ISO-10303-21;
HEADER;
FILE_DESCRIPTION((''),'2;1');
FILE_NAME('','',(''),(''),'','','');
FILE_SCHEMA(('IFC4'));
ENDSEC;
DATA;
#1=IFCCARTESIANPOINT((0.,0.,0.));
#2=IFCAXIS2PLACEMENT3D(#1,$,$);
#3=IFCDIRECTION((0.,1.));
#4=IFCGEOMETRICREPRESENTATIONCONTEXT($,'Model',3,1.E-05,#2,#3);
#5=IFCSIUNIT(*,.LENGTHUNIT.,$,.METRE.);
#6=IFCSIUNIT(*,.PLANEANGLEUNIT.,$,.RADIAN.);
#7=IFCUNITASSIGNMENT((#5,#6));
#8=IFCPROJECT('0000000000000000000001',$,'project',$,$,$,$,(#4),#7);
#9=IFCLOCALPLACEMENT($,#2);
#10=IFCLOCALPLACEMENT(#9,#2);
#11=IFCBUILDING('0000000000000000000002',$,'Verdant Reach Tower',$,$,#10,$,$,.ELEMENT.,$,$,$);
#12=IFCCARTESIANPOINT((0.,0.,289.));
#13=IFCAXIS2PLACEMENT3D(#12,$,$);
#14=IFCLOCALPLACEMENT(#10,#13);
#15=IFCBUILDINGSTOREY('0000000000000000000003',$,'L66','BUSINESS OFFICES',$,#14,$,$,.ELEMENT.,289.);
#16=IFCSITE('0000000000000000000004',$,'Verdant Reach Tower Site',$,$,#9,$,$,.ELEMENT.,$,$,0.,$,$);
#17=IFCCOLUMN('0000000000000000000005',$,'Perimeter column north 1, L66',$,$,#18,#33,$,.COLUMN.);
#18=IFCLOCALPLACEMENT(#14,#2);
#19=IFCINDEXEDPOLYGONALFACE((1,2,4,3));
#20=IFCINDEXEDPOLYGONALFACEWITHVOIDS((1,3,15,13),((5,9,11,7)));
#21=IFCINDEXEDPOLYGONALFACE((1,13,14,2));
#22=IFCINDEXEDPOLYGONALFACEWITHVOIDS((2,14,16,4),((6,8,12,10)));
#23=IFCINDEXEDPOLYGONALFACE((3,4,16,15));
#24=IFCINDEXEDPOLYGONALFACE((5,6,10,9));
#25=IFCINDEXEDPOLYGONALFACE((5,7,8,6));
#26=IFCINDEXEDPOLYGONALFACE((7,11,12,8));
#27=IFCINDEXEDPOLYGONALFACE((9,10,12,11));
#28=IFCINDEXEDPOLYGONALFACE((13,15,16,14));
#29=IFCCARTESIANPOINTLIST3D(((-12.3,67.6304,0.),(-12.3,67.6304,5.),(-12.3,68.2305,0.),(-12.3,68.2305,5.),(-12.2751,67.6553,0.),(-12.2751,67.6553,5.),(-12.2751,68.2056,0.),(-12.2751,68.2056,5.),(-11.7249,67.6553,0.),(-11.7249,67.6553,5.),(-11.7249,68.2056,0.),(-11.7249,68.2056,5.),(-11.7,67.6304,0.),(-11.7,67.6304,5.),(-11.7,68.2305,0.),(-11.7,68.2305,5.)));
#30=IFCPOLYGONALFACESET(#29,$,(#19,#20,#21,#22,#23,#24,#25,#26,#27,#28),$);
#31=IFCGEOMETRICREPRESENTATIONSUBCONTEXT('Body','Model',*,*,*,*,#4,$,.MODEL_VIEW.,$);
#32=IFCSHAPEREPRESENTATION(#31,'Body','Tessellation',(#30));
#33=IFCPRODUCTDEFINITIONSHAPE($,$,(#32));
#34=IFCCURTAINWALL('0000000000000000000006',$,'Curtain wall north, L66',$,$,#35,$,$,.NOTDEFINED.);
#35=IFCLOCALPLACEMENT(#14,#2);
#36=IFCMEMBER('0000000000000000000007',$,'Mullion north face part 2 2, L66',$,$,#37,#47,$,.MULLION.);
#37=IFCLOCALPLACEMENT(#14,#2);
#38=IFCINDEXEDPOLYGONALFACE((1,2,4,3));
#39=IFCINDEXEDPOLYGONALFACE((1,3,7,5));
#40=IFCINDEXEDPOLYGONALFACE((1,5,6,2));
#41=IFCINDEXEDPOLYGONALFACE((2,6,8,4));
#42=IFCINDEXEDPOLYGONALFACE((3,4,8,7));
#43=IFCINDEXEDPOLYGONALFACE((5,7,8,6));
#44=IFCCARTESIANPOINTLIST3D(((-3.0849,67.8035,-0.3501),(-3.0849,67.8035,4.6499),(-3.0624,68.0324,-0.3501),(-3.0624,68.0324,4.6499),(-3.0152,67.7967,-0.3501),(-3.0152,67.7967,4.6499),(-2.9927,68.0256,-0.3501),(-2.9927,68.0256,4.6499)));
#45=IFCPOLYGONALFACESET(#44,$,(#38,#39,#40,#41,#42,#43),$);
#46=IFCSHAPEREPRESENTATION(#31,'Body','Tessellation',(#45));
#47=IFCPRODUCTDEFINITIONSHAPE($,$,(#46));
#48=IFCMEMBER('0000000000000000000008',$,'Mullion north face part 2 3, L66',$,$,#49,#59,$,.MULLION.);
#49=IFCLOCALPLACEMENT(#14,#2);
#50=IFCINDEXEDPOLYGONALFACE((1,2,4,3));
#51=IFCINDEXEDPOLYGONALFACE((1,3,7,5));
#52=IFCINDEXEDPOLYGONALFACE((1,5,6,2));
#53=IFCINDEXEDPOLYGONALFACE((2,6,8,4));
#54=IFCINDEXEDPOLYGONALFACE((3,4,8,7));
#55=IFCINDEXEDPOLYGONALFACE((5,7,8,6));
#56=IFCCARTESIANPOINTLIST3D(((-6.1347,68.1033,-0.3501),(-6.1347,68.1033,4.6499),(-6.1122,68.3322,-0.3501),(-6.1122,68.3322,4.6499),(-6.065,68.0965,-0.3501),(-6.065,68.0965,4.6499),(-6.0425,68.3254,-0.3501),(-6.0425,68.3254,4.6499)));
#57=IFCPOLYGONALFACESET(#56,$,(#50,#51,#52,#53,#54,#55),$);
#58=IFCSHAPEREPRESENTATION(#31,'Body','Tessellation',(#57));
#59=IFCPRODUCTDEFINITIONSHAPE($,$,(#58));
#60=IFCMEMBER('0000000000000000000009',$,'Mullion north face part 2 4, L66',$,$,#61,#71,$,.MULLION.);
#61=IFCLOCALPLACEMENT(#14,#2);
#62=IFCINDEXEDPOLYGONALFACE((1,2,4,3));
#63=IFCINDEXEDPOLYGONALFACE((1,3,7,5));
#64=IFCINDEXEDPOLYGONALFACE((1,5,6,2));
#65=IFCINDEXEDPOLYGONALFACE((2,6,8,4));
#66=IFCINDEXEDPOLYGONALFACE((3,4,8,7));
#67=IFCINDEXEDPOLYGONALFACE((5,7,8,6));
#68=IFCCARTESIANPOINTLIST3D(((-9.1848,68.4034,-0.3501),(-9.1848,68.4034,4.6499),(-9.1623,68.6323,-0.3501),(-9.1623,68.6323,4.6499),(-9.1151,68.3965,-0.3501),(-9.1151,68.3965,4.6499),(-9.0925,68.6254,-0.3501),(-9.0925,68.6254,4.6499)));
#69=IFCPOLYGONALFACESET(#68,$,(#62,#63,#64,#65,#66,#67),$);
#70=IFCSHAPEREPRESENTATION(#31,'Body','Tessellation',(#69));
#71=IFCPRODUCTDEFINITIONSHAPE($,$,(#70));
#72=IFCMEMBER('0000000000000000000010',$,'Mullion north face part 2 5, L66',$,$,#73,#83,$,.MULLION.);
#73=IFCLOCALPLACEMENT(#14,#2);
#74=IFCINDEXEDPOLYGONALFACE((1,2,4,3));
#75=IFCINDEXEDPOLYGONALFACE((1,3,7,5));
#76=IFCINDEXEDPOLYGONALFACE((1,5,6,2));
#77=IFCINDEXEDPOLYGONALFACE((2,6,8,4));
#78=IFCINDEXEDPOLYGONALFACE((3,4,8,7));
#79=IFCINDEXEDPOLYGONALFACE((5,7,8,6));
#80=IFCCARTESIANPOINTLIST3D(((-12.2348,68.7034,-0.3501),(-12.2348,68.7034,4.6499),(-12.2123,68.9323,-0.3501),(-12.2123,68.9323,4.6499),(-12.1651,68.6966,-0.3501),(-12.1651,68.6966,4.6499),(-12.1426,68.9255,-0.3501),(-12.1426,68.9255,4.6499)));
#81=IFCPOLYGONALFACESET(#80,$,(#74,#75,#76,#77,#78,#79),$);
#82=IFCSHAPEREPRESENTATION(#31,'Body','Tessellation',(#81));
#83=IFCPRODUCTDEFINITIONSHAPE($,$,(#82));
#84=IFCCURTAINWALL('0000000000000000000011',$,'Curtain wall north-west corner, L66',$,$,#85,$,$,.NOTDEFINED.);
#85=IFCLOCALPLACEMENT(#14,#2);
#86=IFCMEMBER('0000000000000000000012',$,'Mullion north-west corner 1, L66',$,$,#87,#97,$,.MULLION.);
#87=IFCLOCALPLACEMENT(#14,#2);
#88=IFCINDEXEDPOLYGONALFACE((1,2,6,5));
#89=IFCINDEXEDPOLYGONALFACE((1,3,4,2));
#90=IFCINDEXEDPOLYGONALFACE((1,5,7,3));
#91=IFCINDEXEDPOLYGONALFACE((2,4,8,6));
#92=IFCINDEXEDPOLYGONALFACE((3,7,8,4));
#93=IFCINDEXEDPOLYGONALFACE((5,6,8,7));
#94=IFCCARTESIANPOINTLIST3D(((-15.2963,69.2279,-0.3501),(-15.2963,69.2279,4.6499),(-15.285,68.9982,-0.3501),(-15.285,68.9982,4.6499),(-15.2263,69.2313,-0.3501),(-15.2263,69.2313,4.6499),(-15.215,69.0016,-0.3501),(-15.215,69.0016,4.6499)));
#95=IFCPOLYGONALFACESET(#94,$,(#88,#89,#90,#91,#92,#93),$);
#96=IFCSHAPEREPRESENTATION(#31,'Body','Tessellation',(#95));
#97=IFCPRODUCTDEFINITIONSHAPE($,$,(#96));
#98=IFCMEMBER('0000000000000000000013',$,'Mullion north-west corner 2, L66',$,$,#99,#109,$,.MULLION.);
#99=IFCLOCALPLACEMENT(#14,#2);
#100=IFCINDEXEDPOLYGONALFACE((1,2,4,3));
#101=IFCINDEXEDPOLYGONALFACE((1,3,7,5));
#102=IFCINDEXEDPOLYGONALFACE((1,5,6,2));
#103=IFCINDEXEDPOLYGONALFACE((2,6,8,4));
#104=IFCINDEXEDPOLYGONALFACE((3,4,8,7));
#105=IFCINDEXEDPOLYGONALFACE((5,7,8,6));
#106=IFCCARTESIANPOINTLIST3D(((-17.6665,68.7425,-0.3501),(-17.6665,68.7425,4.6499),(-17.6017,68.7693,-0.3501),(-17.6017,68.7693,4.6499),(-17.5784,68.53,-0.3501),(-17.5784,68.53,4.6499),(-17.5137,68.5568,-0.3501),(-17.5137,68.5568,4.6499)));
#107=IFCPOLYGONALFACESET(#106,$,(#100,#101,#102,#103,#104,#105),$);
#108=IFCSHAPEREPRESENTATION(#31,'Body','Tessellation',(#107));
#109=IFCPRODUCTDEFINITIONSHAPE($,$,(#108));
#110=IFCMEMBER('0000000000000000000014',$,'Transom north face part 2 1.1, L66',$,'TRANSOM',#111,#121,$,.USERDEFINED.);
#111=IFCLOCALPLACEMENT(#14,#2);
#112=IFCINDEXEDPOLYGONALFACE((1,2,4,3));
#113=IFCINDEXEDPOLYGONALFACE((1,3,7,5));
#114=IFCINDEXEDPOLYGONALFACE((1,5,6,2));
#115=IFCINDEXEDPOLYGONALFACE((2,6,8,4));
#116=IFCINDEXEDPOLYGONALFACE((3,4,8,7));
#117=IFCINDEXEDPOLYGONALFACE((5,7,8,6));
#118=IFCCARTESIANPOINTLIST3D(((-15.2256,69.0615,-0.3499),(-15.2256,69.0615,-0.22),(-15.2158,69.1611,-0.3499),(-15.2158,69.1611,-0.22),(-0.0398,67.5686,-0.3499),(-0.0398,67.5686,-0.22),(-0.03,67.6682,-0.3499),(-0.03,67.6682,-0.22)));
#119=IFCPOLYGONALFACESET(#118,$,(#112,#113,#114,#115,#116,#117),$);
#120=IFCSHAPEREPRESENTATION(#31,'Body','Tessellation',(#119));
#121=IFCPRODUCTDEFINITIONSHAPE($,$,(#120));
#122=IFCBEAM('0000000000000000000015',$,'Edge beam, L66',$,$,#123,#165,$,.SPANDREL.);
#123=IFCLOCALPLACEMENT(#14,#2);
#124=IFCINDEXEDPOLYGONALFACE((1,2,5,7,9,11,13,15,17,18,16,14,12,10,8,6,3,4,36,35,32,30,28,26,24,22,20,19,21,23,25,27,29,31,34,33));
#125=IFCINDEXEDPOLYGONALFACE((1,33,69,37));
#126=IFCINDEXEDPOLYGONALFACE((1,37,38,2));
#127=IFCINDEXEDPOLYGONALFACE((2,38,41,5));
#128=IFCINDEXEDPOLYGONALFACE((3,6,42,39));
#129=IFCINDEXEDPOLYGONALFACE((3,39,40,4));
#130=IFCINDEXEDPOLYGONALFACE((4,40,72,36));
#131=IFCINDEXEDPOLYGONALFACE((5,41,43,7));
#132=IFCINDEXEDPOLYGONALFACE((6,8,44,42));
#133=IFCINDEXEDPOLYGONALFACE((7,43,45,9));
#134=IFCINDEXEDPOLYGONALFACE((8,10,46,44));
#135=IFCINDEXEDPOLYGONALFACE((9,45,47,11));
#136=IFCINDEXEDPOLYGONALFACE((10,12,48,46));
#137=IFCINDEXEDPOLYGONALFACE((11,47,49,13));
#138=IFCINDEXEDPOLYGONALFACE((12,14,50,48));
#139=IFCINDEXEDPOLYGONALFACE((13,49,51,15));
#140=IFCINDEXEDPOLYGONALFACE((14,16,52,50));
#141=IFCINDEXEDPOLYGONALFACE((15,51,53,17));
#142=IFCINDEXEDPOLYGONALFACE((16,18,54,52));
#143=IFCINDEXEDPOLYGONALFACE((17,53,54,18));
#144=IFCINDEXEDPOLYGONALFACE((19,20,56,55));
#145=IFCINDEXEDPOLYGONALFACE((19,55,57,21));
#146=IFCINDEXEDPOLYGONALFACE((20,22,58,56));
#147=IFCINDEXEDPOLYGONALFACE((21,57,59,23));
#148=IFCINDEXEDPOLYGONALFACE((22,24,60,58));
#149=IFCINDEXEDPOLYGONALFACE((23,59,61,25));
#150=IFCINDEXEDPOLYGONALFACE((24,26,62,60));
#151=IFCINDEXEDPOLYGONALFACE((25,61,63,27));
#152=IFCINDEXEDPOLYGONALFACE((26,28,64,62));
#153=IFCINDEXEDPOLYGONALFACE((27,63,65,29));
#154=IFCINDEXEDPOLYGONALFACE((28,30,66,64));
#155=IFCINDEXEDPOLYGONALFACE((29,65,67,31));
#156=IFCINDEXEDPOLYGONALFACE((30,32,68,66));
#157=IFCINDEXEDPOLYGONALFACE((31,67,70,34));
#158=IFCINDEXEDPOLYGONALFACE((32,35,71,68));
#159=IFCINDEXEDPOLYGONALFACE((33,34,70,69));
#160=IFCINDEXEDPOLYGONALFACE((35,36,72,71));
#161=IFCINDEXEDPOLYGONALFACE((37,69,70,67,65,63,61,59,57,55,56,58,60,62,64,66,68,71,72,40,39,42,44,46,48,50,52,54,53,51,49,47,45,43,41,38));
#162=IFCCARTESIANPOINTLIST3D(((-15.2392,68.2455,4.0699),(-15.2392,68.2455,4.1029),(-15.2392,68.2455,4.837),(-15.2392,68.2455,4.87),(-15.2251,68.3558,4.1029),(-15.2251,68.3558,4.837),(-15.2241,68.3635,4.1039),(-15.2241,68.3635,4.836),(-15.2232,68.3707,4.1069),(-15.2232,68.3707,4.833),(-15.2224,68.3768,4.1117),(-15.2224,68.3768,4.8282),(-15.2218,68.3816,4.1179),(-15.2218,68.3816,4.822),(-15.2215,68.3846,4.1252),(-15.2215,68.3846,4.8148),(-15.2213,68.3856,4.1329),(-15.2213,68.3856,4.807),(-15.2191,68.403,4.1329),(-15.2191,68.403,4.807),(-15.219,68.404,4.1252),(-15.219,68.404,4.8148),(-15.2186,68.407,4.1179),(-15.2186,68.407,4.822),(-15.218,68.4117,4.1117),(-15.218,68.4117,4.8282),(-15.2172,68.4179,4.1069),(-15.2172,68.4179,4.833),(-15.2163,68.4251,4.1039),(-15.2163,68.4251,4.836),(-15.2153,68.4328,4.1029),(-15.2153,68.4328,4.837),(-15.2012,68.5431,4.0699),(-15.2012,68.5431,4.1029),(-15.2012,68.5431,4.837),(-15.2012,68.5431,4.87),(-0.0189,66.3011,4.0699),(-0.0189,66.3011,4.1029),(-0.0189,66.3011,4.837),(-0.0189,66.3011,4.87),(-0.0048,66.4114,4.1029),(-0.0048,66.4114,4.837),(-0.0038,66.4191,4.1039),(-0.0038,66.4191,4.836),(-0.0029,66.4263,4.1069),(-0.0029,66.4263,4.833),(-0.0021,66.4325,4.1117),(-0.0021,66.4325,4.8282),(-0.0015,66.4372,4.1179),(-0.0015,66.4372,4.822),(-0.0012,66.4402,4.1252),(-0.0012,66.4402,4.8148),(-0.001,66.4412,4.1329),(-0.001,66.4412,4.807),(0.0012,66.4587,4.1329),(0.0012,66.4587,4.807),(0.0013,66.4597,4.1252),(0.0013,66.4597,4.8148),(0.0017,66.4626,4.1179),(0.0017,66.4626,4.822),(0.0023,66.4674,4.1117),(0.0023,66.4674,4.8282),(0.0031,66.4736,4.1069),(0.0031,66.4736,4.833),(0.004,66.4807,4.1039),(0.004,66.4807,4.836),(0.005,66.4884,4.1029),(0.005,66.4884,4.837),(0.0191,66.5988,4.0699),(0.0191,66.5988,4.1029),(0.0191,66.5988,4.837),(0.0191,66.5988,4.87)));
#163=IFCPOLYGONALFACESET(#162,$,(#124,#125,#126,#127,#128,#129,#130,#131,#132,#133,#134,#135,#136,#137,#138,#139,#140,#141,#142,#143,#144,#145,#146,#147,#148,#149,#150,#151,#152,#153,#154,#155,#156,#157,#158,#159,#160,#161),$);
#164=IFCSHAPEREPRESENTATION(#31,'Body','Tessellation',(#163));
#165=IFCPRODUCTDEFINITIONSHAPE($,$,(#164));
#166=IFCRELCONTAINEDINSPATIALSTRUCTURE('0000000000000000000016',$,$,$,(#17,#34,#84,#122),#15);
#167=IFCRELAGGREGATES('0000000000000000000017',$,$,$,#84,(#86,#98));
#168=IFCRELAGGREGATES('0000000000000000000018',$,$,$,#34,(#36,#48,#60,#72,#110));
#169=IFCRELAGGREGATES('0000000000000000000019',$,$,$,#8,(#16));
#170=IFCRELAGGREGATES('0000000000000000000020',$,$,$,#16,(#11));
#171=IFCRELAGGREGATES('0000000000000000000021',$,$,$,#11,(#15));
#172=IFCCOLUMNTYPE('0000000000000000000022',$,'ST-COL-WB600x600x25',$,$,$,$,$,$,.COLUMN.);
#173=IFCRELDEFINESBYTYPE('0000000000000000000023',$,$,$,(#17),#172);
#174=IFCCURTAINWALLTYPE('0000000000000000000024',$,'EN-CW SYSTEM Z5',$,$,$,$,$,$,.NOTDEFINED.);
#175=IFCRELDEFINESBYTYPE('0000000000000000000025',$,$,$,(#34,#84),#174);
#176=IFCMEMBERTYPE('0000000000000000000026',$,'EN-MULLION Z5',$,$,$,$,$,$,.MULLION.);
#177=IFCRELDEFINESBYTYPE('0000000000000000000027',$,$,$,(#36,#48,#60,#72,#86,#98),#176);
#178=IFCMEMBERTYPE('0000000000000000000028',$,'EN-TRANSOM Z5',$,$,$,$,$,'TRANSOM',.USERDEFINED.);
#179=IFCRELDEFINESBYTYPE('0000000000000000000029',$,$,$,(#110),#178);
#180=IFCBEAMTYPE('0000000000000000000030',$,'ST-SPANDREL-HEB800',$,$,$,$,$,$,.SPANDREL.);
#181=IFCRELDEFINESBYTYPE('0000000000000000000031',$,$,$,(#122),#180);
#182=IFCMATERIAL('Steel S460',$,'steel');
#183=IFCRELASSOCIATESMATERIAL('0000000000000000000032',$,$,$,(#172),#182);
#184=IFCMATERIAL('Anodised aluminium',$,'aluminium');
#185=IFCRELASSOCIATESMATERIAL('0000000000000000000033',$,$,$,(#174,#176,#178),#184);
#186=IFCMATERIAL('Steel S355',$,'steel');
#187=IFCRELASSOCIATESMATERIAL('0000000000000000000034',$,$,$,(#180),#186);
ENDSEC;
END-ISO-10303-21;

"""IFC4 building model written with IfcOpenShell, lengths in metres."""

from ifc_helpers import new_model, si_unit, direction, frame, origin, origin_2d, place, context, subcontext, project, spatial, rectangle, hollow_rectangle, i_section, extrude, material, material_profile, profile_set, type_object, element, aggregate, save


model = new_model("IFC4")

# Units and contexts
model_context = context("Model", 3, precision=1e-05, world=origin(), true_north=direction((0.0, 1.0)))
body_context = subcontext(model_context, "Body", "Model", "MODEL_VIEW")
ifc_project = project(units=[si_unit("LENGTHUNIT", "METRE"), si_unit("PLANEANGLEUNIT", "RADIAN")], contexts=[model_context])

# Site, building, storey
site_placement = place(None, origin())
site = spatial("IfcSite", under=ifc_project, at=site_placement, Name="Verdant Reach Tower Site", CompositionType="ELEMENT", RefElevation=0.0)
building_placement = place(site_placement, origin())
building = spatial("IfcBuilding", under=site, at=building_placement, Name="Verdant Reach Tower", CompositionType="ELEMENT")
storey_placement = place(building_placement, frame((0.0, 0.0, 289.0)))
storey = spatial("IfcBuildingStorey", under=building, at=storey_placement, Name="L66", Description="BUSINESS OFFICES", CompositionType="ELEMENT", Elevation=289.0)

# Column
ifc_material_1 = material(Name="Steel S460", Category="steel")
ifc_material_profile_1 = material_profile(ifc_material_1, hollow_rectangle(XDim=0.6001, YDim=0.6001, WallThickness=0.0249, at=origin_2d()), Name="WB 600x600x25")
ifc_profile_set_1 = profile_set([ifc_material_profile_1], Name="Steel S460")
column_type = type_object("IfcColumnType", Name="ST-COL-WB600x600x25", PredefinedType="COLUMN", material=ifc_profile_set_1)
column_placement = place(storey_placement, frame((-12.0, 67.9304, 0.0), z_axis=(0.0, 0.0, 1.0), x_axis=(1.0, 0.0, 0.0)))
element("IfcColumn", 1, at=column_placement, inside=storey, type_object=column_type, Name="Perimeter column north 1, L66", PredefinedType="COLUMN", context=body_context, shape_type="SweptSolid", body=[
    extrude(hollow_rectangle(XDim=0.6001, YDim=0.6001, WallThickness=0.0249, at=origin_2d()), origin(), (0.0, 0.0, 1.0), 5.0),
])

# Curtain walls, members
ifc_material_2 = material(Name="Anodised aluminium", Category="aluminium")
curtain_wall_type = type_object("IfcCurtainWallType", Name="EN-CW SYSTEM Z5", PredefinedType="NOTDEFINED", material=ifc_material_2)
curtain_wall_1_placement = place(storey_placement, origin())
curtain_wall_1 = element("IfcCurtainWall", 2, at=curtain_wall_1_placement, inside=storey, type_object=curtain_wall_type, Name="Curtain wall north, L66", PredefinedType="NOTDEFINED")
ifc_material_profile_2 = material_profile(ifc_material_2, rectangle(XDim=0.23, YDim=0.0701, at=origin_2d()), Name="Mullion 70x230")
ifc_profile_set_2 = profile_set([ifc_material_profile_2], Name="Anodised aluminium")
member_type_1 = type_object("IfcMemberType", Name="EN-MULLION Z5", PredefinedType="MULLION", material=ifc_profile_set_2)
member_1_placement = place(storey_placement, frame((-3.0388, 67.9146, -0.3501), z_axis=(0.0, 0.0, 1.0), x_axis=(0.097888, 0.995197, 0.0)))
member_1 = element("IfcMember", 3, at=member_1_placement, type_object=member_type_1, Name="Mullion north face part 2 2, L66", PredefinedType="MULLION", context=body_context, shape_type="SweptSolid", body=[
    extrude(rectangle(XDim=0.23, YDim=0.0701, at=origin_2d()), origin(), (0.0, 0.0, 1.0), 5.0),
])
member_2_placement = place(storey_placement, frame((-6.0886, 68.2144, -0.3501), z_axis=(0.0, 0.0, 1.0), x_axis=(0.097888, 0.995197, 0.0)))
member_2 = element("IfcMember", 4, at=member_2_placement, type_object=member_type_1, Name="Mullion north face part 2 3, L66", PredefinedType="MULLION", context=body_context, shape_type="SweptSolid", body=[
    extrude(rectangle(XDim=0.23, YDim=0.0701, at=origin_2d()), origin(), (0.0, 0.0, 1.0), 5.0),
])
member_3_placement = place(storey_placement, frame((-9.1387, 68.5144, -0.3501), z_axis=(0.0, 0.0, 1.0), x_axis=(0.097888, 0.995197, 0.0)))
member_3 = element("IfcMember", 5, at=member_3_placement, type_object=member_type_1, Name="Mullion north face part 2 4, L66", PredefinedType="MULLION", context=body_context, shape_type="SweptSolid", body=[
    extrude(rectangle(XDim=0.23, YDim=0.0701, at=origin_2d()), origin(), (0.0, 0.0, 1.0), 5.0),
])
member_4_placement = place(storey_placement, frame((-12.1887, 68.8145, -0.3501), z_axis=(0.0, 0.0, 1.0), x_axis=(0.097888, 0.995197, 0.0)))
member_4 = element("IfcMember", 6, at=member_4_placement, type_object=member_type_1, Name="Mullion north face part 2 5, L66", PredefinedType="MULLION", context=body_context, shape_type="SweptSolid", body=[
    extrude(rectangle(XDim=0.23, YDim=0.0701, at=origin_2d()), origin(), (0.0, 0.0, 1.0), 5.0),
])
curtain_wall_2_placement = place(storey_placement, origin())
curtain_wall_2 = element("IfcCurtainWall", 7, at=curtain_wall_2_placement, inside=storey, type_object=curtain_wall_type, Name="Curtain wall north-west corner, L66", PredefinedType="NOTDEFINED")
member_5_placement = place(storey_placement, frame((-15.2556, 69.1147, -0.3501), z_axis=(0.0, 0.0, 1.0), x_axis=(-0.049128, 0.998793, 0.0)))
member_5 = element("IfcMember", 8, at=member_5_placement, type_object=member_type_1, Name="Mullion north-west corner 1, L66", PredefinedType="MULLION", context=body_context, shape_type="SweptSolid", body=[
    extrude(rectangle(XDim=0.23, YDim=0.0701, at=origin_2d()), origin(), (0.0, 0.0, 1.0), 5.0),
])
member_6_placement = place(storey_placement, frame((-17.5901, 68.6497, -0.3501), z_axis=(0.0, 0.0, 1.0), x_axis=(-0.382694, 0.923875, 0.0)))
member_6 = element("IfcMember", 9, at=member_6_placement, type_object=member_type_1, Name="Mullion north-west corner 2, L66", PredefinedType="MULLION", context=body_context, shape_type="SweptSolid", body=[
    extrude(rectangle(XDim=0.23, YDim=0.0701, at=origin_2d()), origin(), (0.0, 0.0, 1.0), 5.0),
])

# Member
ifc_material_profile_3 = material_profile(ifc_material_2, rectangle(XDim=0.1001, YDim=0.1299, at=origin_2d()), Name="Transom 130x100")
ifc_profile_set_3 = profile_set([ifc_material_profile_3], Name="Anodised aluminium")
member_type_2 = type_object("IfcMemberType", Name="EN-TRANSOM Z5", ElementType="TRANSOM", PredefinedType="USERDEFINED", material=ifc_profile_set_3)
member_7_placement = place(storey_placement, frame((-0.0349, 67.6184, -0.2849), z_axis=(-0.995202, 0.097839, 0.0), x_axis=(-0.097839, -0.995202, 0.0)))
member_7 = element("IfcMember", 10, at=member_7_placement, type_object=member_type_2, Name="Transom north face part 2 1.1, L66", ObjectType="TRANSOM", PredefinedType="USERDEFINED", context=body_context, shape_type="SweptSolid", body=[
    extrude(rectangle(XDim=0.1001, YDim=0.1299, at=origin_2d()), origin(), (0.0, 0.0, 1.0), 15.259),
])

# Beam
ifc_material_3 = material(Name="Steel S355", Category="steel")
ifc_material_profile_4 = material_profile(ifc_material_3, i_section(OverallWidth=0.3, OverallDepth=0.8, WebThickness=0.0176, FlangeThickness=0.033, FilletRadius=0.03, at=origin_2d()), Name="HEB 800")
ifc_profile_set_4 = profile_set([ifc_material_profile_4], Name="Steel S355")
beam_type_1 = type_object("IfcBeamType", Name="ST-SPANDREL-HEB800", PredefinedType="SPANDREL", material=ifc_profile_set_4)
beam_1_placement = place(storey_placement, frame((-15.2202, 68.3943, 4.47), z_axis=(0.991939, -0.126717, 0.0), x_axis=(0.126717, 0.991939, 0.0)))
element("IfcBeam", 11, at=beam_1_placement, inside=storey, type_object=beam_type_1, Name="Edge beam, L66", PredefinedType="SPANDREL", context=body_context, shape_type="SweptSolid", body=[
    extrude(i_section(OverallWidth=0.3, OverallDepth=0.8, WebThickness=0.0176, FlangeThickness=0.033, FilletRadius=0.03, at=origin_2d()), origin(), (0.0, 0.0, 1.0), 15.344),
])

aggregate(curtain_wall_2, [member_5, member_6])
aggregate(curtain_wall_1, [member_1, member_2, member_3, member_4, member_7])

save(model, "model.ifc")
